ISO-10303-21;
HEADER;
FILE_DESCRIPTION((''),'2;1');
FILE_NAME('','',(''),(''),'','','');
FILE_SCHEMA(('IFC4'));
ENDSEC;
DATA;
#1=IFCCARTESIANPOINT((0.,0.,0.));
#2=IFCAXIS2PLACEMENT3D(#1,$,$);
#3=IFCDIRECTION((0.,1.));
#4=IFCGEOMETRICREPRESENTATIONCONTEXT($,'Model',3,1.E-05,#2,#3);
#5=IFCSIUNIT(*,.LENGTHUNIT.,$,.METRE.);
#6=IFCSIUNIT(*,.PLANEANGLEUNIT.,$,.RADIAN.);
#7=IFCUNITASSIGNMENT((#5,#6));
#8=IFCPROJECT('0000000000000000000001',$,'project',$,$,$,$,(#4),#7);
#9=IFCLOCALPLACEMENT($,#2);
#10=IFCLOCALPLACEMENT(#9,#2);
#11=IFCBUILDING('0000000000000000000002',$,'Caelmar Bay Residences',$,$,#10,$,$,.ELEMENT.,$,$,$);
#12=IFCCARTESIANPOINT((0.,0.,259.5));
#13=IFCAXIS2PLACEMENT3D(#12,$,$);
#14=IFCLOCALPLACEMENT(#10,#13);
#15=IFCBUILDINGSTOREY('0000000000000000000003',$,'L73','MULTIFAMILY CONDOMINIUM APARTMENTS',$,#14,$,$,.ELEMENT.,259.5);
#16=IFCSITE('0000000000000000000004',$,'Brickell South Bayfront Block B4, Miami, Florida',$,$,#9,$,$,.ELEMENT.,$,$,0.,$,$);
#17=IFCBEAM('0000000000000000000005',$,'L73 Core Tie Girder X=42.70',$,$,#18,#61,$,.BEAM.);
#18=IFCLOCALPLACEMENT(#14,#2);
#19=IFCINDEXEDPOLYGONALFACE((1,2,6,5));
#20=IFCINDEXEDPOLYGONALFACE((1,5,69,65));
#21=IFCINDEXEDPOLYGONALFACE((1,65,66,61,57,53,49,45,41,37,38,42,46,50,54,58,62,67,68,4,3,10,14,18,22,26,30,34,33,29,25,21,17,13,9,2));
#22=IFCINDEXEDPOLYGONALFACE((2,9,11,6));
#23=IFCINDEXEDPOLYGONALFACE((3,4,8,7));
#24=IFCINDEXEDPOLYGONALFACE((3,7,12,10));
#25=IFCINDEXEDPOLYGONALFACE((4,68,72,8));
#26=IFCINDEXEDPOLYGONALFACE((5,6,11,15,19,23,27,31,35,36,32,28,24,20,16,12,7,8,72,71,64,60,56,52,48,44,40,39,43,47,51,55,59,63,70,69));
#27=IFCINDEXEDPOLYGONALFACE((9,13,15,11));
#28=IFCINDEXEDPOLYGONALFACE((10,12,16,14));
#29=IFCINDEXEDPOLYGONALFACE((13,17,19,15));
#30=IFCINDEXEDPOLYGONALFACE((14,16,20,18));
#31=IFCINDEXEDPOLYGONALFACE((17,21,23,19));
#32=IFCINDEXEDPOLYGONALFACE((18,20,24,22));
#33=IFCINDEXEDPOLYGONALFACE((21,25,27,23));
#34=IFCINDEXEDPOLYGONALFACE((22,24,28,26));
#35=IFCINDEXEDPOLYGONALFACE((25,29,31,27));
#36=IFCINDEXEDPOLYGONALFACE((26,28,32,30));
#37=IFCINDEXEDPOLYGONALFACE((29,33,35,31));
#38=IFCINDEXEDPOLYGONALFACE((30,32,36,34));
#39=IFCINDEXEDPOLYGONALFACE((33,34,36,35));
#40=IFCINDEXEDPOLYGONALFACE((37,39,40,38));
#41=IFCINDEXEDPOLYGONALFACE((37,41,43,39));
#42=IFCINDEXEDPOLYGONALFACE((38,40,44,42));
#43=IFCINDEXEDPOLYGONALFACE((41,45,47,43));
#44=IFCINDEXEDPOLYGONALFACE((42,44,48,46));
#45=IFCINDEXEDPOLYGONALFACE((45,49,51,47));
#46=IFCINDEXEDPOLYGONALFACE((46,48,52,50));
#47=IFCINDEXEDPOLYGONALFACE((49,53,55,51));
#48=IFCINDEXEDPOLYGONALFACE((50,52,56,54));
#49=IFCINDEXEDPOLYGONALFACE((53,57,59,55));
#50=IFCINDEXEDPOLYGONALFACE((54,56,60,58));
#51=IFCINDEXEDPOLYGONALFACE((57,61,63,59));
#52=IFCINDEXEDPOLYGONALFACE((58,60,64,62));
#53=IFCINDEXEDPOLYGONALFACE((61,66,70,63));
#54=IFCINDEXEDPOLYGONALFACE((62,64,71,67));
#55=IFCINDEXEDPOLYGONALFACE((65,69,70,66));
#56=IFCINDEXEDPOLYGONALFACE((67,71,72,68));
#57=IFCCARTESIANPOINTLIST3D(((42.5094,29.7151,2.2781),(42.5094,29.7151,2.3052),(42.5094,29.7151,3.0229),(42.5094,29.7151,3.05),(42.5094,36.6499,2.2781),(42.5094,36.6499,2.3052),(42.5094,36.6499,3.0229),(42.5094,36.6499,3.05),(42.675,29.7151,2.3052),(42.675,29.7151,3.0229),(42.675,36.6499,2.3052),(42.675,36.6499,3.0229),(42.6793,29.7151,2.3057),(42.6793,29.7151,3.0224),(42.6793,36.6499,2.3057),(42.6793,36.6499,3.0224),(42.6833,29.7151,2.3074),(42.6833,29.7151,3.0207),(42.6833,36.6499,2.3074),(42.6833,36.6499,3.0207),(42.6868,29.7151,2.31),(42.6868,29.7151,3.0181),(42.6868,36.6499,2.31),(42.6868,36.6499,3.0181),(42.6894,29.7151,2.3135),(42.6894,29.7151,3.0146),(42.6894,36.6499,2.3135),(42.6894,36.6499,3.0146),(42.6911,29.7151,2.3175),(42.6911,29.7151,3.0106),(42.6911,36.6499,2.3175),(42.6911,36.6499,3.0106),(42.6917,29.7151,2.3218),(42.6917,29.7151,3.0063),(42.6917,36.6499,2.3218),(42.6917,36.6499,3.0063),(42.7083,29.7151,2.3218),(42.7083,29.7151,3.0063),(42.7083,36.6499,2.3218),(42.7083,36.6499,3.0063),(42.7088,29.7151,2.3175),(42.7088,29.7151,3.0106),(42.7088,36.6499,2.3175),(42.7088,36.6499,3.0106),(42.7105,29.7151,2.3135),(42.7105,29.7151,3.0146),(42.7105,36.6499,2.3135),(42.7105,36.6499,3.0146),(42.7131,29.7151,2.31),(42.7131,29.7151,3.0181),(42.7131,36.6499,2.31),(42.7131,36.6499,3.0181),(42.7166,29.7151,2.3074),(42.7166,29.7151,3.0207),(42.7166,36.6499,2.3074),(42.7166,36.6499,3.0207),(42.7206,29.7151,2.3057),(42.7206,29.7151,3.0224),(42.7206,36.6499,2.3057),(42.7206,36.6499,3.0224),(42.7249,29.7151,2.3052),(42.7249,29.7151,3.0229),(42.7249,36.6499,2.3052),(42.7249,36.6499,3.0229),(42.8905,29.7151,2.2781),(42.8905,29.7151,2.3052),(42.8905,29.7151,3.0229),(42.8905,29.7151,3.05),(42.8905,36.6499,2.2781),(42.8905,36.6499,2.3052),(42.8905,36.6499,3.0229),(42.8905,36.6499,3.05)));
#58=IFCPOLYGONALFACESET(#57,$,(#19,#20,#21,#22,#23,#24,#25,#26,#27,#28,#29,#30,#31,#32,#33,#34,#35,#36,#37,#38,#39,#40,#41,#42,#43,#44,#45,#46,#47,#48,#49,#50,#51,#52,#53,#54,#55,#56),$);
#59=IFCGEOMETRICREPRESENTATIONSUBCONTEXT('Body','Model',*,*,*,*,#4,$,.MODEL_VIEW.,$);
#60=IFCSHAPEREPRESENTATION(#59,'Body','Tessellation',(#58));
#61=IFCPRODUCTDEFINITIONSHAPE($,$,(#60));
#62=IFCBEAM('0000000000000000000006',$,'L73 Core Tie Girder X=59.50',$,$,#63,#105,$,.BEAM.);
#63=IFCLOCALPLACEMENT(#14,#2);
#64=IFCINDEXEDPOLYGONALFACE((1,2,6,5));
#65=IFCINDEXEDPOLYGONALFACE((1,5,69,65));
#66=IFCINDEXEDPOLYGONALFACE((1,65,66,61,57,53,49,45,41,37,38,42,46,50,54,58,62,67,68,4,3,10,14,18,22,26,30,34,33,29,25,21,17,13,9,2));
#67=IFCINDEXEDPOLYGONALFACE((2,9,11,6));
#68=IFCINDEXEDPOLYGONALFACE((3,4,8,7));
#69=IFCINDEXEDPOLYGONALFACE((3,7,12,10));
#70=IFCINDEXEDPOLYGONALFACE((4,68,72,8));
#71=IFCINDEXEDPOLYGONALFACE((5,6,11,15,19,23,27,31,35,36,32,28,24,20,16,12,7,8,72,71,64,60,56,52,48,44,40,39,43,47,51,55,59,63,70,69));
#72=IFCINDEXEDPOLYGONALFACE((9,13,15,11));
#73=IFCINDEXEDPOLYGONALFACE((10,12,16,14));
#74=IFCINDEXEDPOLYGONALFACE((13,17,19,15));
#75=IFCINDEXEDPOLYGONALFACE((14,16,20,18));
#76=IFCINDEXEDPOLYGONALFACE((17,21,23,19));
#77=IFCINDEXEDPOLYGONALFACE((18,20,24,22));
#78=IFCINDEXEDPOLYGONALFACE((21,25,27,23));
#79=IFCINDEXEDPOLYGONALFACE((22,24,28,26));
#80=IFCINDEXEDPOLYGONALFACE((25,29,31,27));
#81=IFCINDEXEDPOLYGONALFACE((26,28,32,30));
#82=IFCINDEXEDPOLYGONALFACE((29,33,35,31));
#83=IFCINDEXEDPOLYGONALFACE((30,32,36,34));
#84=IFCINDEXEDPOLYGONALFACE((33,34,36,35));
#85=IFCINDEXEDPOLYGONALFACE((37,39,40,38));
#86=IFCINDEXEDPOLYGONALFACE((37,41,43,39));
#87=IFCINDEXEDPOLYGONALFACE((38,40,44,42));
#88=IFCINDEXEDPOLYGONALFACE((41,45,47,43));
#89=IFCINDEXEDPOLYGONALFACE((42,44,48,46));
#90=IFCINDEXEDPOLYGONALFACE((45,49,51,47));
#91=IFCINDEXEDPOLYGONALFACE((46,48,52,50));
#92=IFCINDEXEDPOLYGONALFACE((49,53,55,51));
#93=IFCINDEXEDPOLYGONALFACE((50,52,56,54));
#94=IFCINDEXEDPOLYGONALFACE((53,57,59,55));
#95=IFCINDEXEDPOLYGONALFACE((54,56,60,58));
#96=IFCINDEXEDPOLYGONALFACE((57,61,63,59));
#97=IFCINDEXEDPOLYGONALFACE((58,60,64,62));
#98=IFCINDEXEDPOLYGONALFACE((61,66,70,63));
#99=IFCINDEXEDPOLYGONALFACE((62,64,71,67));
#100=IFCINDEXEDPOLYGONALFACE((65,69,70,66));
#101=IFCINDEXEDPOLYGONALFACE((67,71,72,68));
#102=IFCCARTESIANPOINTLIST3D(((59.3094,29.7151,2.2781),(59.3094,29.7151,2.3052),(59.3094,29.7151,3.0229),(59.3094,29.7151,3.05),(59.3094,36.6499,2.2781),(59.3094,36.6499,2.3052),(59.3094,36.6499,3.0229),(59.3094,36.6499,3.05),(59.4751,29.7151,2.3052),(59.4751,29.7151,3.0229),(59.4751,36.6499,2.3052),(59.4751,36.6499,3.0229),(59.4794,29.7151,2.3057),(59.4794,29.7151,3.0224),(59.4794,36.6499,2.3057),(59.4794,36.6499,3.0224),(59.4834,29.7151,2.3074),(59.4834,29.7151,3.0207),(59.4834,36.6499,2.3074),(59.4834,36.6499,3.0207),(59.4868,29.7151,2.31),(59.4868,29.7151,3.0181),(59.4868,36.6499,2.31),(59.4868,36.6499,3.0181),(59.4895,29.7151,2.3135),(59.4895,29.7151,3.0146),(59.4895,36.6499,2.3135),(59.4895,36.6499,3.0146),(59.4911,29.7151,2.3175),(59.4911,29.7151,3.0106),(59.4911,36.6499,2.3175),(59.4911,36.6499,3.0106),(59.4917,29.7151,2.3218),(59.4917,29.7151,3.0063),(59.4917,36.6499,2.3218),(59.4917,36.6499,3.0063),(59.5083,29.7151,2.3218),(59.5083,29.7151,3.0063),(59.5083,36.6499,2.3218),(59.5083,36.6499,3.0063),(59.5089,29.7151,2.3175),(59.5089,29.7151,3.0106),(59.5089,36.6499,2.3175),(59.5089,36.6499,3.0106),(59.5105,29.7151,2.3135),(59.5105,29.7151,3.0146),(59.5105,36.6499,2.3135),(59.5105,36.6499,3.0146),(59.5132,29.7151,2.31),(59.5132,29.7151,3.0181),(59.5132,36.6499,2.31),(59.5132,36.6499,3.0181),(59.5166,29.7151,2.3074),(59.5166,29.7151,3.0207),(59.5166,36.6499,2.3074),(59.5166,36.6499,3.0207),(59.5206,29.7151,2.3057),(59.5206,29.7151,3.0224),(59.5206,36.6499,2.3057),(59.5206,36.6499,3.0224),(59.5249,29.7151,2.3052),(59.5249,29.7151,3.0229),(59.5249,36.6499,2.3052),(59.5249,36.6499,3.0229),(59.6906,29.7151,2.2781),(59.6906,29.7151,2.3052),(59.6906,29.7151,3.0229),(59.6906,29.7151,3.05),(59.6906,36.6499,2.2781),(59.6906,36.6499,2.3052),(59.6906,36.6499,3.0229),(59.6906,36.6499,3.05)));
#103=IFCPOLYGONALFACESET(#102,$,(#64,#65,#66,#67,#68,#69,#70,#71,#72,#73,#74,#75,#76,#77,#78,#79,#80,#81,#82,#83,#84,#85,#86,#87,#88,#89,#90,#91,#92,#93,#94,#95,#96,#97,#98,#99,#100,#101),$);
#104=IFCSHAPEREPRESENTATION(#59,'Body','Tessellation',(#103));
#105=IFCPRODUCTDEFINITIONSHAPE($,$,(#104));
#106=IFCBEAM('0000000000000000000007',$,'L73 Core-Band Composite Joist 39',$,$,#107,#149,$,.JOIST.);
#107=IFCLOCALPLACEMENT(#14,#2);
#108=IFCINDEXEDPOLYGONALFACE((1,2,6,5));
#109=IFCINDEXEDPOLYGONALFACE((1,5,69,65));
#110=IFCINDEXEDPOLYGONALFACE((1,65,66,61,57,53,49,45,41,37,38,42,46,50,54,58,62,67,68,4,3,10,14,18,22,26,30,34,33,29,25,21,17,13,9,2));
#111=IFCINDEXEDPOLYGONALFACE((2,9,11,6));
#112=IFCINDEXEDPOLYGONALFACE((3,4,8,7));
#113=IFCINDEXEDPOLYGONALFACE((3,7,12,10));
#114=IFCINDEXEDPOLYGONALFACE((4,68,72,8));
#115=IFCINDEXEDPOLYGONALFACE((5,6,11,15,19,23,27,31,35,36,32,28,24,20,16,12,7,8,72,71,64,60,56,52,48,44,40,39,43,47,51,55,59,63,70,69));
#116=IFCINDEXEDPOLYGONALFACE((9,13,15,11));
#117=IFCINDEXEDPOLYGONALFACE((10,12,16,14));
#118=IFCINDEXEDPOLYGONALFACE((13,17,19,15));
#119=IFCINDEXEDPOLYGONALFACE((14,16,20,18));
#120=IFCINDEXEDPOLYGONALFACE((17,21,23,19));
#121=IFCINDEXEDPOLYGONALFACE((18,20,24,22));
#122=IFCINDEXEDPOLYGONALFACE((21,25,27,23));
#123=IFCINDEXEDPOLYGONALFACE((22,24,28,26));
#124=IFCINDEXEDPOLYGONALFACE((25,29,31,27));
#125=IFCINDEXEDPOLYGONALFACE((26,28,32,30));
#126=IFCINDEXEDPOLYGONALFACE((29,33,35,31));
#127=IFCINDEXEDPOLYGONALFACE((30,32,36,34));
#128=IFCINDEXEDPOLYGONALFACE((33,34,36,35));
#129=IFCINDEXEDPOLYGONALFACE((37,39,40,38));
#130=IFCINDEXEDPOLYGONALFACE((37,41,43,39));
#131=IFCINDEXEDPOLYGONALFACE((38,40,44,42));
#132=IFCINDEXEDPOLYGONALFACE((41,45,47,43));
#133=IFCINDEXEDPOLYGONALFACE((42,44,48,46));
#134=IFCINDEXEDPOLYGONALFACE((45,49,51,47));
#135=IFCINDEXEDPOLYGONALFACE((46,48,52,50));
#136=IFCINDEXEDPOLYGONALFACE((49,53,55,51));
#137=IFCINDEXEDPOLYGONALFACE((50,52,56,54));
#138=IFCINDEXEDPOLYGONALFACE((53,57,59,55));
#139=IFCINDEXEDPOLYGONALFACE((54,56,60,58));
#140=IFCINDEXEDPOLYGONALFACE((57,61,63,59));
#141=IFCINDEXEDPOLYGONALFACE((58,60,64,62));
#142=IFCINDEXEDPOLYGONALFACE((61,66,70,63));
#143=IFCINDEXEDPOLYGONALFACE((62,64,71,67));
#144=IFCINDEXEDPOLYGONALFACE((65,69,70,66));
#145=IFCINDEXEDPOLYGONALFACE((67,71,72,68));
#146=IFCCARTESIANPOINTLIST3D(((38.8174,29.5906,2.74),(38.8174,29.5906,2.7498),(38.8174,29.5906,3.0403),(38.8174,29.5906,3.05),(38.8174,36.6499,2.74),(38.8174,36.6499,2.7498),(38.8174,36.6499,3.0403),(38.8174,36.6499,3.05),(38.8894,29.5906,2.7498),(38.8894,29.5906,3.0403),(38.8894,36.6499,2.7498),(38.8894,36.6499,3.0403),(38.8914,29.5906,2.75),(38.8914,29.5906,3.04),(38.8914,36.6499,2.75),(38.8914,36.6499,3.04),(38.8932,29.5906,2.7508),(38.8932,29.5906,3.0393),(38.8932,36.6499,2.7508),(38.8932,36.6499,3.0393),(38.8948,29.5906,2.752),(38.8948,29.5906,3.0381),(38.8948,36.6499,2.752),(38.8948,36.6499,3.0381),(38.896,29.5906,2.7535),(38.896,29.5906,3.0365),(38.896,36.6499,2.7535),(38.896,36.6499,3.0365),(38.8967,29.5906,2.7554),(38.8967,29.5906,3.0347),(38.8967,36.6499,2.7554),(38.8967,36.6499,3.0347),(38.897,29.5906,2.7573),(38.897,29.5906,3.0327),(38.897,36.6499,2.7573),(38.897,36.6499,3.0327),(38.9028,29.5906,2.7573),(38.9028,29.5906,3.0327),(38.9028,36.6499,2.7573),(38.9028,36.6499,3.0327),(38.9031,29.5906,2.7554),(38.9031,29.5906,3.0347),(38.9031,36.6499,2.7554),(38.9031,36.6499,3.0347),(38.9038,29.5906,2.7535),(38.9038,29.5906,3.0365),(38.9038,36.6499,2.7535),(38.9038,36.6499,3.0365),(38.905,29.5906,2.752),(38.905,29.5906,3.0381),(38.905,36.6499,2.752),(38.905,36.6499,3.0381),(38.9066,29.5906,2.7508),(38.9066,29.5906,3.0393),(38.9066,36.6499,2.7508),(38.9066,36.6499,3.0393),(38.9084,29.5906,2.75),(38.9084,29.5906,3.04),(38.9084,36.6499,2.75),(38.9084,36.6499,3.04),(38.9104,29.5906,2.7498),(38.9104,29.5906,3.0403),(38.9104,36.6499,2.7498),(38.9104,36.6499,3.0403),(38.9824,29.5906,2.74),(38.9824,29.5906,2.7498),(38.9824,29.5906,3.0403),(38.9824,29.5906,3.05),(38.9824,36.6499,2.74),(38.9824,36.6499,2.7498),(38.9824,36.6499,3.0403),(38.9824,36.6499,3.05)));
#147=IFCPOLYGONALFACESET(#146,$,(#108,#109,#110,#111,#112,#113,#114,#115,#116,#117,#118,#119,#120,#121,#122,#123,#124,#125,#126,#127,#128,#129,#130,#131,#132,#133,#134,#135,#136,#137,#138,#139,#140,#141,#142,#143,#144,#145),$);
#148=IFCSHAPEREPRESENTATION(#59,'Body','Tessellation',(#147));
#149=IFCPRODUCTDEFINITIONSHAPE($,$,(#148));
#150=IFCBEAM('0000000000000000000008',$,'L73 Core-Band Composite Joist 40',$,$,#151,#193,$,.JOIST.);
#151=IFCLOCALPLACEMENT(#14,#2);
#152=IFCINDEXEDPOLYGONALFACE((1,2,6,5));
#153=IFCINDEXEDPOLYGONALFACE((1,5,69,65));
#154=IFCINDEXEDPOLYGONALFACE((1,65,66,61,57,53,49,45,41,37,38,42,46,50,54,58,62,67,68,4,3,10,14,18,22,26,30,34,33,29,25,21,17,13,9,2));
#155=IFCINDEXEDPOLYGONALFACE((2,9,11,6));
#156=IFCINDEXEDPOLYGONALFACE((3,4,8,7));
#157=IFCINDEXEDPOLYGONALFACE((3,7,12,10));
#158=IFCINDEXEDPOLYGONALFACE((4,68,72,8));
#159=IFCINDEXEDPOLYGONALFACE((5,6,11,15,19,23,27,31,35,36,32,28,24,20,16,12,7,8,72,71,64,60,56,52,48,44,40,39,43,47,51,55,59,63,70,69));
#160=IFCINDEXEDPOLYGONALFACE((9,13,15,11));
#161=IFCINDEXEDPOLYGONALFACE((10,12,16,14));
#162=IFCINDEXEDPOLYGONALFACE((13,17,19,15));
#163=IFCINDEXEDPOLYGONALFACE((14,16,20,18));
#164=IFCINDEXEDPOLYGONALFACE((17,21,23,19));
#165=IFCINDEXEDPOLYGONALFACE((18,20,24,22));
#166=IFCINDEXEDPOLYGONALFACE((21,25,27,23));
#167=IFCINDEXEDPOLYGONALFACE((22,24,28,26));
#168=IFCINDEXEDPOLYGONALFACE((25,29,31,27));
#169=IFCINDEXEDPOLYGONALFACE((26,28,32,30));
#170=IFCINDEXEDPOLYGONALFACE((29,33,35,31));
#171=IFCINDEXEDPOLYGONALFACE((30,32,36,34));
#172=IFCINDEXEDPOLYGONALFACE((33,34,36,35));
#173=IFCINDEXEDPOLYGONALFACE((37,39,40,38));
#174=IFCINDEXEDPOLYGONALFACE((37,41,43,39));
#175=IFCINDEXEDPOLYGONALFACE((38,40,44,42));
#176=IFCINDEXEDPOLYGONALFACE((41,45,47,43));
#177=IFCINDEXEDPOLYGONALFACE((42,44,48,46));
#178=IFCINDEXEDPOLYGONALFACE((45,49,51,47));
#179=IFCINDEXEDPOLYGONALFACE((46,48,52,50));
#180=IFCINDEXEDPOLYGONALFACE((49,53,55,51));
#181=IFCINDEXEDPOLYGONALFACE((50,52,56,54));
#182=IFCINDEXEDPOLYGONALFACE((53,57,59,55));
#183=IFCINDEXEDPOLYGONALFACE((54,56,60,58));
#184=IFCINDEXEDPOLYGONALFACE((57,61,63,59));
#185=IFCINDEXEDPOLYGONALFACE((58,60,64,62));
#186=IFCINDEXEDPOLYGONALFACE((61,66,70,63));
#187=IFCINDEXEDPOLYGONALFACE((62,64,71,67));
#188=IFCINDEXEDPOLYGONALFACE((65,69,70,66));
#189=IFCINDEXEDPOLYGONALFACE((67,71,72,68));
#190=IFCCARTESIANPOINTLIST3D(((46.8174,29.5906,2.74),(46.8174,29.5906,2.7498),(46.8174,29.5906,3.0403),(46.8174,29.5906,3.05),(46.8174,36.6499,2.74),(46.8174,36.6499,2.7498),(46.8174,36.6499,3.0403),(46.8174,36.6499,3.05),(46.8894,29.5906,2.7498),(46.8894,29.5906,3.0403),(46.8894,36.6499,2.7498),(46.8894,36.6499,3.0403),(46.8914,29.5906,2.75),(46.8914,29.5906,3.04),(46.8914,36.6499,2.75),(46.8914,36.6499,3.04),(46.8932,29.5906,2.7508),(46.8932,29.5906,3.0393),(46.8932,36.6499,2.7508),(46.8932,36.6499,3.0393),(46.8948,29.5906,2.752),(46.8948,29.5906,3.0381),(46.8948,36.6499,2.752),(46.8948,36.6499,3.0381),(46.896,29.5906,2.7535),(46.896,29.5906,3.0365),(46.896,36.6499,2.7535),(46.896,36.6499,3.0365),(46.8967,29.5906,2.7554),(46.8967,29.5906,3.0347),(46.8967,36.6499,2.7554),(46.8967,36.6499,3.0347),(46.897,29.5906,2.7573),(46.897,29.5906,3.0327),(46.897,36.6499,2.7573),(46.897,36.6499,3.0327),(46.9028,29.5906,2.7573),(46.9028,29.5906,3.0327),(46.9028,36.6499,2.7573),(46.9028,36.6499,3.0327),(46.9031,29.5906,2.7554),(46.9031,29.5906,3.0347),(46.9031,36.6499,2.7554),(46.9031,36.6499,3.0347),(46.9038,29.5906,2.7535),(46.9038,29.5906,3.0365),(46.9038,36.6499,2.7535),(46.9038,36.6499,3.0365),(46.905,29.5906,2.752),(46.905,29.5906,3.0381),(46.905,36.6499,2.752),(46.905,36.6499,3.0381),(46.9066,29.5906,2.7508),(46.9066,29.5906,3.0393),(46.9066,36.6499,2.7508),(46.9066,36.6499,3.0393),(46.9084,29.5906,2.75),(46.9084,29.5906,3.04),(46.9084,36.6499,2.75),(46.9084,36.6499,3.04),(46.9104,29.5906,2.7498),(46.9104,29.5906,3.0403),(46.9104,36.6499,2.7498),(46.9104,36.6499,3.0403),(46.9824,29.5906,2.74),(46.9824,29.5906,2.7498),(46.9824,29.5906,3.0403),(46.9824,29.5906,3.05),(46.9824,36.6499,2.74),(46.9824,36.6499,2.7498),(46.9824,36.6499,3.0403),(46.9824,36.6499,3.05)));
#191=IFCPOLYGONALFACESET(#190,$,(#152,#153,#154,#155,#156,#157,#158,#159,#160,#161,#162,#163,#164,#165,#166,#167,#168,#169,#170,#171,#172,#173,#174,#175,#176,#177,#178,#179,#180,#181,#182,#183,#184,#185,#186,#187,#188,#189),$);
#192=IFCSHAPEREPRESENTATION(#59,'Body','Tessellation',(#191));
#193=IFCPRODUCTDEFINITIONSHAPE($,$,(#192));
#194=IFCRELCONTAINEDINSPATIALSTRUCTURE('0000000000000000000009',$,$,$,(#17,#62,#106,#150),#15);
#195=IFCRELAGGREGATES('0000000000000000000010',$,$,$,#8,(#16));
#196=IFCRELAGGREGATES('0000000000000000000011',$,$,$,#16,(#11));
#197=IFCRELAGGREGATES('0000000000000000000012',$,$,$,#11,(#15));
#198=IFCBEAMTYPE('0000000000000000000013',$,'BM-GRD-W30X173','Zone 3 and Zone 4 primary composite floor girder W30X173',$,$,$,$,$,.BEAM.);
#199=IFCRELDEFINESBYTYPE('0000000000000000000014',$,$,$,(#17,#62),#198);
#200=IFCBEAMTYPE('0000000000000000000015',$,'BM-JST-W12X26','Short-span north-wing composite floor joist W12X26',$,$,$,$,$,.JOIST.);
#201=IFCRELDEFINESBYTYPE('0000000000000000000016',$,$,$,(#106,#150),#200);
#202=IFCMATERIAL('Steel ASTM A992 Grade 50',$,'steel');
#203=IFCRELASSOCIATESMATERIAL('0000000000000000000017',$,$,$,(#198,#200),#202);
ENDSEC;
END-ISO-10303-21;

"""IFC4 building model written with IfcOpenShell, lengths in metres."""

from ifc_helpers import new_model, si_unit, direction, frame, origin, origin_2d, place, context, subcontext, project, spatial, i_section, extrude, material, material_profile, profile_set, type_object, element, save


model = new_model("IFC4")

# Units and contexts
model_context = context("Model", 3, precision=1e-05, world=origin(), true_north=direction((0.0, 1.0)))
body_context = subcontext(model_context, "Body", "Model", "MODEL_VIEW")
ifc_project = project(units=[si_unit("LENGTHUNIT", "METRE"), si_unit("PLANEANGLEUNIT", "RADIAN")], contexts=[model_context])

# Site, building, storey
site_placement = place(None, origin())
site = spatial("IfcSite", under=ifc_project, at=site_placement, Name="Brickell South Bayfront Block B4, Miami, Florida", CompositionType="ELEMENT", RefElevation=0.0)
building_placement = place(site_placement, origin())
building = spatial("IfcBuilding", under=site, at=building_placement, Name="Caelmar Bay Residences", CompositionType="ELEMENT")
storey_placement = place(building_placement, frame((0.0, 0.0, 259.5)))
storey = spatial("IfcBuildingStorey", under=building, at=storey_placement, Name="L73", Description="MULTIFAMILY CONDOMINIUM APARTMENTS", CompositionType="ELEMENT", Elevation=259.5)

# Beams
ifc_material_1 = material(Name="Steel ASTM A992 Grade 50", Category="steel")
ifc_material_profile_1 = material_profile(ifc_material_1, i_section(OverallWidth=0.3811, OverallDepth=0.772, WebThickness=0.0166, FlangeThickness=0.0271, FilletRadius=0.0166, at=origin_2d()), Name="W30X173")
ifc_profile_set_1 = profile_set([ifc_material_profile_1], Name="Steel ASTM A992 Grade 50")
beam_type_1 = type_object("IfcBeamType", Name="BM-GRD-W30X173", Description="Zone 3 and Zone 4 primary composite floor girder W30X173", PredefinedType="BEAM", material=ifc_profile_set_1)
for number, where, z_axis, x_axis, name in (
    (1, (42.7, 29.7151, 2.6641), (0.0, 1.0, 0.0), (-1.0, 0.0, 0.0), "L73 Core Tie Girder X=42.70"),
    (2, (59.5, 29.7151, 2.6641), (0.0, 1.0, 0.0), (-1.0, 0.0, 0.0), "L73 Core Tie Girder X=59.50"),
):
    element("IfcBeam", number, at=place(storey_placement, frame(where, z_axis=z_axis, x_axis=x_axis)), inside=storey, type_object=beam_type_1, Name=name, PredefinedType="BEAM", context=body_context, shape_type="SweptSolid", body=[
        extrude(i_section(OverallWidth=0.3811, OverallDepth=0.772, WebThickness=0.0166, FlangeThickness=0.0271, FilletRadius=0.0166, at=origin_2d()), origin(), (0.0, 0.0, 1.0), 6.9348),
    ])
ifc_material_profile_2 = material_profile(ifc_material_1, i_section(OverallWidth=0.165, OverallDepth=0.3101, WebThickness=0.0059, FlangeThickness=0.0098, FilletRadius=0.0076, at=origin_2d()), Name="W12X26")
ifc_profile_set_2 = profile_set([ifc_material_profile_2], Name="Steel ASTM A992 Grade 50")
beam_type_2 = type_object("IfcBeamType", Name="BM-JST-W12X26", Description="Short-span north-wing composite floor joist W12X26", PredefinedType="JOIST", material=ifc_profile_set_2)
for number, where, z_axis, x_axis, name in (
    (3, (38.8999, 29.5906, 2.895), (0.0, 1.0, 0.0), (-1.0, 0.0, 0.0), "L73 Core-Band Composite Joist 39"),
    (4, (46.8999, 29.5906, 2.895), (0.0, 1.0, 0.0), (-1.0, 0.0, 0.0), "L73 Core-Band Composite Joist 40"),
):
    element("IfcBeam", number, at=place(storey_placement, frame(where, z_axis=z_axis, x_axis=x_axis)), inside=storey, type_object=beam_type_2, Name=name, PredefinedType="JOIST", context=body_context, shape_type="SweptSolid", body=[
        extrude(i_section(OverallWidth=0.165, OverallDepth=0.3101, WebThickness=0.0059, FlangeThickness=0.0098, FilletRadius=0.0076, at=origin_2d()), origin(), (0.0, 0.0, 1.0), 7.0593),
    ])

save(model, "model.ifc")
